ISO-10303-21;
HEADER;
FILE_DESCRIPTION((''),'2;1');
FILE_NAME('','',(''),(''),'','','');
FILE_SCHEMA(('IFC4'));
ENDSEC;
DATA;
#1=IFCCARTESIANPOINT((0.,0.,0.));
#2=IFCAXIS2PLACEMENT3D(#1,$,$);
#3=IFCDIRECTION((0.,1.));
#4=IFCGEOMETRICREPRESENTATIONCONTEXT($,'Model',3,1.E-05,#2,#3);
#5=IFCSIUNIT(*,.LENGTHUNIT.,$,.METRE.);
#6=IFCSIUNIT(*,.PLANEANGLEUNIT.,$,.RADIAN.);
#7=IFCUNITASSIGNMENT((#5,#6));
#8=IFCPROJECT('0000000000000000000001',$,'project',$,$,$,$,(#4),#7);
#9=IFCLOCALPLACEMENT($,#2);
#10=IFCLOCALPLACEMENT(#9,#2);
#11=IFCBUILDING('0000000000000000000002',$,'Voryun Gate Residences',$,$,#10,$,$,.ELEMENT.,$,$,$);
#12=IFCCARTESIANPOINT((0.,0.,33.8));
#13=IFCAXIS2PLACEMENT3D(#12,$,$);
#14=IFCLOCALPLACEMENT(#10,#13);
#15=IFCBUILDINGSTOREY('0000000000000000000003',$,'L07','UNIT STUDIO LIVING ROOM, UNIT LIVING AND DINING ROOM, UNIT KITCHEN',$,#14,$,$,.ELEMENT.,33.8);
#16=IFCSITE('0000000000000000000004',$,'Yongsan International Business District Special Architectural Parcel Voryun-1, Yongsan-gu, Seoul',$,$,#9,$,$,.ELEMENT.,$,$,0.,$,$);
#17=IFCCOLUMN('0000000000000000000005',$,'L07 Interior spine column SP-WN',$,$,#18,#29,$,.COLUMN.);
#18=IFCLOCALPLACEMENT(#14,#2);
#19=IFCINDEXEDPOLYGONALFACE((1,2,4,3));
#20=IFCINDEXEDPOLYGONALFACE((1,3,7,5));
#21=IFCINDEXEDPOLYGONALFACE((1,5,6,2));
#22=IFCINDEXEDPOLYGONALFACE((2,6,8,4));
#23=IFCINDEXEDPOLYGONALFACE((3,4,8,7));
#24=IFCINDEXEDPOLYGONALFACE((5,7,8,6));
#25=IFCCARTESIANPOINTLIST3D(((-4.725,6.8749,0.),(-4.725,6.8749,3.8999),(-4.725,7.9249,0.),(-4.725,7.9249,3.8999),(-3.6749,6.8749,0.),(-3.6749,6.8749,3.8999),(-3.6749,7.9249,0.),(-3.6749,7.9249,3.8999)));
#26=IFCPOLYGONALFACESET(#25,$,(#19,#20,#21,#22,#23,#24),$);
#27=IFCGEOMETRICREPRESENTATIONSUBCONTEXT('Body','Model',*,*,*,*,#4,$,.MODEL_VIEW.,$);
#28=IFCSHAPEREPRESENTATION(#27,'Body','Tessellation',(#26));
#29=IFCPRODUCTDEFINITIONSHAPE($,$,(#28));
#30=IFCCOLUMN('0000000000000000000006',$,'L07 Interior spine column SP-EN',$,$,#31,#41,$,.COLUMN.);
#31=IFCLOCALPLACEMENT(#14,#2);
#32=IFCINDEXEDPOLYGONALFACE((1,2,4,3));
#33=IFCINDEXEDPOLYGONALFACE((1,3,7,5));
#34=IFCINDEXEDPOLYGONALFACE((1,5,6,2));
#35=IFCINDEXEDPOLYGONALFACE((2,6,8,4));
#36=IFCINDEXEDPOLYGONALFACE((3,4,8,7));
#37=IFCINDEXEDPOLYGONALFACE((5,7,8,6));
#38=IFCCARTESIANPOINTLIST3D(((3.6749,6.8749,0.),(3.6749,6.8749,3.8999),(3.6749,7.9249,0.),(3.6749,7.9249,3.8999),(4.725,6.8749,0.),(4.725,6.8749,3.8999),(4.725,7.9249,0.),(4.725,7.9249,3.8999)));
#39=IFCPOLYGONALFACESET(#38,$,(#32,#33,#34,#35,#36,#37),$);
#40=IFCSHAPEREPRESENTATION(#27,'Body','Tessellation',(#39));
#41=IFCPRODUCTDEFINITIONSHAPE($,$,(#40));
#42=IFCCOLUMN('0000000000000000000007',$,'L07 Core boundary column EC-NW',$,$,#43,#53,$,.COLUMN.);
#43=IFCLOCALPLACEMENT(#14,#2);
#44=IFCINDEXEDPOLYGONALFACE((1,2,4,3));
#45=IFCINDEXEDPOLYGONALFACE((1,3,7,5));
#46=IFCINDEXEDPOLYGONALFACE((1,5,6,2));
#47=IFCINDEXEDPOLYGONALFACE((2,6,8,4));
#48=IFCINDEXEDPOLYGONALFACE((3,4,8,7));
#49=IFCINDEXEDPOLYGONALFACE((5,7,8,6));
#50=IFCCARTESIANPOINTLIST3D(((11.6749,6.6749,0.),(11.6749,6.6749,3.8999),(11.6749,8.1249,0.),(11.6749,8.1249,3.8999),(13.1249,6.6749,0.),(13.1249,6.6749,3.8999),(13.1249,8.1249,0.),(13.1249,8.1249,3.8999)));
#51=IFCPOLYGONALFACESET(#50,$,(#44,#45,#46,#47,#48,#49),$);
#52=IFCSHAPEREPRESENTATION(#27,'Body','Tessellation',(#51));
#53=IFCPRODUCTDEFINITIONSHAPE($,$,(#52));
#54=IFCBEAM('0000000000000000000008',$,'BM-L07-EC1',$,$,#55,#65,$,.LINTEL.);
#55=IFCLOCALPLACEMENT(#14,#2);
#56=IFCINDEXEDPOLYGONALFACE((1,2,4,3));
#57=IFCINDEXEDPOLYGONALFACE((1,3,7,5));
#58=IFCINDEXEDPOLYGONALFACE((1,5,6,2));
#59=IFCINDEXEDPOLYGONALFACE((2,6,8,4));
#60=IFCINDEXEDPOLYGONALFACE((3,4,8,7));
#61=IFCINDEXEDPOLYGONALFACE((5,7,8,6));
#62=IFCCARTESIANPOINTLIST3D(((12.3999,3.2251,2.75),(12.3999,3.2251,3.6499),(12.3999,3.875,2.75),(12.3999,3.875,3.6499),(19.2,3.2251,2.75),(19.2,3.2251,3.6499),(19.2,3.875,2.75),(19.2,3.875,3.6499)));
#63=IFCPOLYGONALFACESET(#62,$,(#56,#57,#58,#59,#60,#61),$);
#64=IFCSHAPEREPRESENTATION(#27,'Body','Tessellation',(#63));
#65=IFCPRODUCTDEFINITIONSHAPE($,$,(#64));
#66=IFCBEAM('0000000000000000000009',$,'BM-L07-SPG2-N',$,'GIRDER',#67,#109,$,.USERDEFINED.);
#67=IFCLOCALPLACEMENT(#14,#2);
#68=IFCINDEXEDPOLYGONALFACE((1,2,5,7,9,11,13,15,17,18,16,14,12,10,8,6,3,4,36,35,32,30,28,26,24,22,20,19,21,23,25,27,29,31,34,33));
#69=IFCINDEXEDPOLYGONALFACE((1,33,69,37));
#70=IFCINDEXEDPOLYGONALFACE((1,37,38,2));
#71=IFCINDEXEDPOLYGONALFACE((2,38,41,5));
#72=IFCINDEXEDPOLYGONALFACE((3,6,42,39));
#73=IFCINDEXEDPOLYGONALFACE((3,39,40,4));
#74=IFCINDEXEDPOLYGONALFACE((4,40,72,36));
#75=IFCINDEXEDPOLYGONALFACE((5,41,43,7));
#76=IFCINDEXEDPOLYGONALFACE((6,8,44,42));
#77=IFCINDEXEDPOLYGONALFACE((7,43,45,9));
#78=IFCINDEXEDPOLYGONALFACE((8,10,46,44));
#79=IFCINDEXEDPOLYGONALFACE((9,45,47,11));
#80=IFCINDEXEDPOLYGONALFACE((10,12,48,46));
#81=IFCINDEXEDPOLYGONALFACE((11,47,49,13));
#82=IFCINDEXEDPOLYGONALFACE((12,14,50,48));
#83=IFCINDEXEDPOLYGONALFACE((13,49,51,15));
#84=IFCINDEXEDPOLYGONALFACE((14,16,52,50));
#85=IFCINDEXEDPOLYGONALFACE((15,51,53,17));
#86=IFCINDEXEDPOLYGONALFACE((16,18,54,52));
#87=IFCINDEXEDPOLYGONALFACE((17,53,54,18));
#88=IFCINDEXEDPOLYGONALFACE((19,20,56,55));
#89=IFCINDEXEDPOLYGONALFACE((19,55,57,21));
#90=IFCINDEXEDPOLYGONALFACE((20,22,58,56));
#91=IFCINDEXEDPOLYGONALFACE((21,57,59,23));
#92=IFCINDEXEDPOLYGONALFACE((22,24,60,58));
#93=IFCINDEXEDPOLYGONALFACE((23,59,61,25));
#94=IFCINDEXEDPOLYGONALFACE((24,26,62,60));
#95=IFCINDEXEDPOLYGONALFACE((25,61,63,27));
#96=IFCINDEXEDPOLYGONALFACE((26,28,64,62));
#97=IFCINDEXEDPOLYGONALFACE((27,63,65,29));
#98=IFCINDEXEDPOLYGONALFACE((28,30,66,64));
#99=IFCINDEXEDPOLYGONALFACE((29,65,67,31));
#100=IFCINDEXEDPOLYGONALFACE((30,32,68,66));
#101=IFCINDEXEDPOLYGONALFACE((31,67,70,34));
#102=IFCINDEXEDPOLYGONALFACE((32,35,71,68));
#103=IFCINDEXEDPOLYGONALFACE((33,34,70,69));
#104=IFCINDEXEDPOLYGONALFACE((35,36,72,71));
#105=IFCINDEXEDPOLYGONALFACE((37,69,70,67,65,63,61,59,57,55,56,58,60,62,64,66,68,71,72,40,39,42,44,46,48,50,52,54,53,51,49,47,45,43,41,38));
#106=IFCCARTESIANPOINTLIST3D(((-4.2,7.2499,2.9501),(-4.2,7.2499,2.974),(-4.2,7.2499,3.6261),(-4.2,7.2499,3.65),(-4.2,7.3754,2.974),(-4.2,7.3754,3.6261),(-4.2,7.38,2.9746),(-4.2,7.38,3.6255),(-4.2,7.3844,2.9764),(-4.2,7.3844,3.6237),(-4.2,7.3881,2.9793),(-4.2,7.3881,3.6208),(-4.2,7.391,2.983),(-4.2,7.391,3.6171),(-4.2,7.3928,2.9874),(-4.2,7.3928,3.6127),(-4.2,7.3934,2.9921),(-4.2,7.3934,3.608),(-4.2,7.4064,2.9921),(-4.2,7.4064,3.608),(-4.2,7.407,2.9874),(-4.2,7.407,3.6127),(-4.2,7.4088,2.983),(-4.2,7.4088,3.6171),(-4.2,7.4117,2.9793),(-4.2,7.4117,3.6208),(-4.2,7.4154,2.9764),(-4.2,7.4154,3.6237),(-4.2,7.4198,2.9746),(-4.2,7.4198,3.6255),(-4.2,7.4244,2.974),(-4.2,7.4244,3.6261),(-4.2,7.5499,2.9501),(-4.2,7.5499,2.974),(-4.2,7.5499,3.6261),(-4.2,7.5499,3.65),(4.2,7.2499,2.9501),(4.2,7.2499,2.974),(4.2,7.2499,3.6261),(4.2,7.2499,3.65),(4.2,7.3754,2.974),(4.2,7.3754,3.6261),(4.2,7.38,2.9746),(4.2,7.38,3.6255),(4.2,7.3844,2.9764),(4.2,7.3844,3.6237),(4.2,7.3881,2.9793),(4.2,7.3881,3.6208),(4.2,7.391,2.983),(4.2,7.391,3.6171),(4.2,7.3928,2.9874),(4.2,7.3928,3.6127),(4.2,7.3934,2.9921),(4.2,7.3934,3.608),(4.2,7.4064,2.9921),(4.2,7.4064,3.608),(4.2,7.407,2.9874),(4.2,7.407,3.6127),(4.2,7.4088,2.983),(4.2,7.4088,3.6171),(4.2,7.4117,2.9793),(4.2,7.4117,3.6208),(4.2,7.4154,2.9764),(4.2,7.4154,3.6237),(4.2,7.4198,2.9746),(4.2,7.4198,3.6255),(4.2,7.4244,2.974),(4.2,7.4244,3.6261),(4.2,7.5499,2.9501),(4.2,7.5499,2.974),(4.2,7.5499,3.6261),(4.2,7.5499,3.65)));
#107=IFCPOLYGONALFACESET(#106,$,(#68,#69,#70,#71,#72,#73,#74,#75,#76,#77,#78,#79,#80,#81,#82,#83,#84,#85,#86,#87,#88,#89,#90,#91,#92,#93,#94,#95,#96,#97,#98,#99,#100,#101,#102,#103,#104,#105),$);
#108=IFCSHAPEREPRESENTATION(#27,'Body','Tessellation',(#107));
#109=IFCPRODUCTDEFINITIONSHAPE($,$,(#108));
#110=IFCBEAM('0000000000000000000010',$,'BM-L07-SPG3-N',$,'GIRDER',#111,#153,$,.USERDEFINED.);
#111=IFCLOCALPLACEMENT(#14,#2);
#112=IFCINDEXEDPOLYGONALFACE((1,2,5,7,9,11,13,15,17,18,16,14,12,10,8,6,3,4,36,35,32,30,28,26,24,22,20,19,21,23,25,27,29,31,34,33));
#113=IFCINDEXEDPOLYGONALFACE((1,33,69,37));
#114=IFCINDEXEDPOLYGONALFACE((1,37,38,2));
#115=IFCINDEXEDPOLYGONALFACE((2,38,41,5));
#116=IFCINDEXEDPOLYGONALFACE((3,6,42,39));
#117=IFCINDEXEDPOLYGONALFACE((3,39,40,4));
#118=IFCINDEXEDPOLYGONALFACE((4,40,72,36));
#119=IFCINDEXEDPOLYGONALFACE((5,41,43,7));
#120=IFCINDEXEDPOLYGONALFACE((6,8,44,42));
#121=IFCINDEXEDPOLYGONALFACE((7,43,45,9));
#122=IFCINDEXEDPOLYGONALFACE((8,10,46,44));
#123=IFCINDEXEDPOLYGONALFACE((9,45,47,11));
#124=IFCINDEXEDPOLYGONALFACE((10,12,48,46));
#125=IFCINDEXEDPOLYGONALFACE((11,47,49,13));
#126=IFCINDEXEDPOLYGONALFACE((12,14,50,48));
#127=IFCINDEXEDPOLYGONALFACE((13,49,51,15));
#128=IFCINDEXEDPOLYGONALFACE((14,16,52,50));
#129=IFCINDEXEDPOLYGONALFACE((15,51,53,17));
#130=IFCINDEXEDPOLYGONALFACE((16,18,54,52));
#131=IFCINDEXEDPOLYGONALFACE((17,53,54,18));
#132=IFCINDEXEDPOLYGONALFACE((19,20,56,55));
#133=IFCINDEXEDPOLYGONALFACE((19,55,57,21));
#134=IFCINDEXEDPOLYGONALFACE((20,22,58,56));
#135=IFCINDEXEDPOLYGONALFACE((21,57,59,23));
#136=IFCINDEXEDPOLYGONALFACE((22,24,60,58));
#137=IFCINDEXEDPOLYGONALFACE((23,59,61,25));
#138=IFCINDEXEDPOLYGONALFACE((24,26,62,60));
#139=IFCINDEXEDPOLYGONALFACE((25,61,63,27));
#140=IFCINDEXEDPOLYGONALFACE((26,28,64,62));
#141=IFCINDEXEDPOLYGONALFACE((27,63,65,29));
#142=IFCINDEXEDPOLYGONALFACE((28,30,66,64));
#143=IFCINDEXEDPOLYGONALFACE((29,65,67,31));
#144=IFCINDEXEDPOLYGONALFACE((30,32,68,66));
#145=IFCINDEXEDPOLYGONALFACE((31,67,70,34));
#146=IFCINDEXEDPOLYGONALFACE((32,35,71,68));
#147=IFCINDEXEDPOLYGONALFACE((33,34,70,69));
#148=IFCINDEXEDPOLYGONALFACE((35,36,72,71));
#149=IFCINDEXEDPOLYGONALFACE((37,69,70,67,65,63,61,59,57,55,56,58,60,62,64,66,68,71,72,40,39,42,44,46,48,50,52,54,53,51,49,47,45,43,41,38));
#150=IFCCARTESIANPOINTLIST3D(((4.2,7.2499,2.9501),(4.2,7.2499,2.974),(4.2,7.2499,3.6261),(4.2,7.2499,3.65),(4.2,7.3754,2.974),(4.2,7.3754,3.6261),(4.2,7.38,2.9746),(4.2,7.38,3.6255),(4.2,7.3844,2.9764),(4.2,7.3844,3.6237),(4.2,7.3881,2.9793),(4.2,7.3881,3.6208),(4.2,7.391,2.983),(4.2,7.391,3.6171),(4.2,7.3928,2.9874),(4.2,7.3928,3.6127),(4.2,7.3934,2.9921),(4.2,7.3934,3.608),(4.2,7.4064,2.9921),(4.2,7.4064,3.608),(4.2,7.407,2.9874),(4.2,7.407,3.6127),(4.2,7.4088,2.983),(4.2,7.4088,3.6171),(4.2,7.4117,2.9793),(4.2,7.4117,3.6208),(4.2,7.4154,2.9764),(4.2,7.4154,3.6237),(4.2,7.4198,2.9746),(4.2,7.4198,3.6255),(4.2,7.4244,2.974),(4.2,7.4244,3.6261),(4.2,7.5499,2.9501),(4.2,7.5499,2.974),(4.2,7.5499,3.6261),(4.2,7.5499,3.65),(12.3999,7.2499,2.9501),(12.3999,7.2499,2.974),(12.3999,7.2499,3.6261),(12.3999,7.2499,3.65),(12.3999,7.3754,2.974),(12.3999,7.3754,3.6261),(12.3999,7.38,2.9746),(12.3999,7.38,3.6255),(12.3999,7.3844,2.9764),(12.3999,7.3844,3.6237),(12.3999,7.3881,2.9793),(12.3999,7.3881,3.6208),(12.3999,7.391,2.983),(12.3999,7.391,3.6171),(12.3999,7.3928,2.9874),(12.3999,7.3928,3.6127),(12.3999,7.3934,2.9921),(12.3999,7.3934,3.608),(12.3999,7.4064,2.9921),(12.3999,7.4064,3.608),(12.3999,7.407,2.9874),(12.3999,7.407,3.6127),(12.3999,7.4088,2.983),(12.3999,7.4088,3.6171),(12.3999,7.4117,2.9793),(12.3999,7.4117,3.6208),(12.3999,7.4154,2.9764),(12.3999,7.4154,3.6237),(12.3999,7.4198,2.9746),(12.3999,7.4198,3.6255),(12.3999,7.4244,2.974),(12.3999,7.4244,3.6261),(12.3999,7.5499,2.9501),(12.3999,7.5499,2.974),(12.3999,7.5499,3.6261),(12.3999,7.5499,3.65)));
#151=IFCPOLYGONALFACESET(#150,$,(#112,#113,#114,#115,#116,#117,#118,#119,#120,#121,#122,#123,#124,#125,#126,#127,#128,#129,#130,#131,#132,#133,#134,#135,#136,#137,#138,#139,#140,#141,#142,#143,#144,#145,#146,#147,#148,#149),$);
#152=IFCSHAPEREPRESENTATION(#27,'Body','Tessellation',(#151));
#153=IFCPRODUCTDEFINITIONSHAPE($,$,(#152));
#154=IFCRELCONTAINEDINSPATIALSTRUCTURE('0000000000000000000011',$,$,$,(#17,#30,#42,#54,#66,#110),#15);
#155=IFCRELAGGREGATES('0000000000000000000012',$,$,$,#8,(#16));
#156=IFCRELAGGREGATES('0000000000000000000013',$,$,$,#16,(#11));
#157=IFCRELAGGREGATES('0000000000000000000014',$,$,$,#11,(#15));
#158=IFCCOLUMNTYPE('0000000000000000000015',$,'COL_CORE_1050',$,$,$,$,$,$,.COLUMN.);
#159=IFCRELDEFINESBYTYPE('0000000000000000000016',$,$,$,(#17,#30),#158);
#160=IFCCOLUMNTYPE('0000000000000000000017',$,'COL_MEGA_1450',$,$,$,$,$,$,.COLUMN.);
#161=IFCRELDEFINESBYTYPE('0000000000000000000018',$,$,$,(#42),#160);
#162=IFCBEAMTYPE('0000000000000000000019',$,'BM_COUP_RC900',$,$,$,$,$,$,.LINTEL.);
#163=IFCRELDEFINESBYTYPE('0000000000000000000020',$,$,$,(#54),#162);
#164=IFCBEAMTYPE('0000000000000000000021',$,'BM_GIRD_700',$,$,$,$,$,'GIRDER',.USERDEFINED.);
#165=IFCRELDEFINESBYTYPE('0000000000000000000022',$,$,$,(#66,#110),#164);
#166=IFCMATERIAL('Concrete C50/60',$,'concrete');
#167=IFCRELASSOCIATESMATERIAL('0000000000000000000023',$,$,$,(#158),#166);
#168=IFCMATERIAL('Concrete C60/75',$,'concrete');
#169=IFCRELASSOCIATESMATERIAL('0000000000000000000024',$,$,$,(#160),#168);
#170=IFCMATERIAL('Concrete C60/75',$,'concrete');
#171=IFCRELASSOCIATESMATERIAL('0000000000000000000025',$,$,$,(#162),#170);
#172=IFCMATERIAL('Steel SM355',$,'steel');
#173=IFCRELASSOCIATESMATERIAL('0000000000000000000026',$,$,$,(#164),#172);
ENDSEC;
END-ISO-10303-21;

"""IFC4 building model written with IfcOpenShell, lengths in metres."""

from ifc_helpers import new_model, si_unit, direction, frame, origin, origin_2d, place, context, subcontext, project, spatial, rectangle, i_section, extrude, material, material_profile, profile_set, type_object, element, save


model = new_model("IFC4")

# Units and contexts
model_context = context("Model", 3, precision=1e-05, world=origin(), true_north=direction((0.0, 1.0)))
body_context = subcontext(model_context, "Body", "Model", "MODEL_VIEW")
ifc_project = project(units=[si_unit("LENGTHUNIT", "METRE"), si_unit("PLANEANGLEUNIT", "RADIAN")], contexts=[model_context])

# Site, building, storey
site_placement = place(None, origin())
site = spatial("IfcSite", under=ifc_project, at=site_placement, Name="Yongsan International Business District Special Architectural Parcel Voryun-1, Yongsan-gu, Seoul", CompositionType="ELEMENT", RefElevation=0.0)
building_placement = place(site_placement, origin())
building = spatial("IfcBuilding", under=site, at=building_placement, Name="Voryun Gate Residences", CompositionType="ELEMENT")
storey_placement = place(building_placement, frame((0.0, 0.0, 33.8)))
storey = spatial("IfcBuildingStorey", under=building, at=storey_placement, Name="L07", Description="UNIT STUDIO LIVING ROOM, UNIT LIVING AND DINING ROOM, UNIT KITCHEN", CompositionType="ELEMENT", Elevation=33.8)

# Columns
ifc_material_1 = material(Name="Concrete C50/60", Category="concrete")
ifc_material_profile_1 = material_profile(ifc_material_1, rectangle(XDim=1.05, YDim=1.05, at=origin_2d()), Name="RC-1050x1050")
ifc_profile_set_1 = profile_set([ifc_material_profile_1], Name="Concrete C50/60")
column_type_1 = type_object("IfcColumnType", Name="COL_CORE_1050", PredefinedType="COLUMN", material=ifc_profile_set_1)
for number, where, z_axis, x_axis, name in (
    (1, (-4.2, 7.3999, 0.0), (0.0, 0.0, 1.0), (1.0, 0.0, 0.0), "L07 Interior spine column SP-WN"),
    (2, (4.2, 7.3999, 0.0), (0.0, 0.0, 1.0), (1.0, 0.0, 0.0), "L07 Interior spine column SP-EN"),
):
    element("IfcColumn", number, at=place(storey_placement, frame(where, z_axis=z_axis, x_axis=x_axis)), inside=storey, type_object=column_type_1, Name=name, PredefinedType="COLUMN", context=body_context, shape_type="SweptSolid", body=[
        extrude(rectangle(XDim=1.05, YDim=1.05, at=origin_2d()), origin(), (0.0, 0.0, 1.0), 3.8999),
    ])
ifc_material_2 = material(Name="Concrete C60/75", Category="concrete")
ifc_material_profile_2 = material_profile(ifc_material_2, rectangle(XDim=1.45, YDim=1.45, at=origin_2d()), Name="RC-1450x1450")
ifc_profile_set_2 = profile_set([ifc_material_profile_2], Name="Concrete C60/75")
column_type_2 = type_object("IfcColumnType", Name="COL_MEGA_1450", PredefinedType="COLUMN", material=ifc_profile_set_2)
column_placement = place(storey_placement, frame((12.3999, 7.3999, 0.0), z_axis=(0.0, 0.0, 1.0), x_axis=(1.0, 0.0, 0.0)))
element("IfcColumn", 3, at=column_placement, inside=storey, type_object=column_type_2, Name="L07 Core boundary column EC-NW", PredefinedType="COLUMN", context=body_context, shape_type="SweptSolid", body=[
    extrude(rectangle(XDim=1.45, YDim=1.45, at=origin_2d()), origin(), (0.0, 0.0, 1.0), 3.8999),
])

# Beams
ifc_material_3 = material(Name="Concrete C60/75", Category="concrete")
ifc_material_profile_3 = material_profile(ifc_material_3, rectangle(XDim=0.6499, YDim=0.8999, at=origin_2d()), Name="RC-650x900")
ifc_profile_set_3 = profile_set([ifc_material_profile_3], Name="Concrete C60/75")
beam_type_1 = type_object("IfcBeamType", Name="BM_COUP_RC900", PredefinedType="LINTEL", material=ifc_profile_set_3)
beam_1_placement = place(storey_placement, frame((12.3999, 3.55, 3.2), z_axis=(1.0, 0.0, 0.0), x_axis=(0.0, 1.0, 0.0)))
element("IfcBeam", 4, at=beam_1_placement, inside=storey, type_object=beam_type_1, Name="BM-L07-EC1", PredefinedType="LINTEL", context=body_context, shape_type="SweptSolid", body=[
    extrude(rectangle(XDim=0.6499, YDim=0.8999, at=origin_2d()), origin(), (0.0, 0.0, 1.0), 6.8),
])
ifc_material_4 = material(Name="Steel SM355", Category="steel")
ifc_material_profile_4 = material_profile(ifc_material_4, i_section(OverallWidth=0.3, OverallDepth=0.7, WebThickness=0.0129, FlangeThickness=0.0239, FilletRadius=0.0181, at=origin_2d()), Name="H-700x300x13x24")
ifc_profile_set_4 = profile_set([ifc_material_profile_4], Name="Steel SM355")
beam_type_2 = type_object("IfcBeamType", Name="BM_GIRD_700", ElementType="GIRDER", PredefinedType="USERDEFINED", material=ifc_profile_set_4)
beam_2_placement = place(storey_placement, frame((-4.2, 7.3999, 3.3), z_axis=(1.0, 0.0, 0.0), x_axis=(0.0, 1.0, 0.0)))
element("IfcBeam", 5, at=beam_2_placement, inside=storey, type_object=beam_type_2, Name="BM-L07-SPG2-N", ObjectType="GIRDER", PredefinedType="USERDEFINED", context=body_context, shape_type="SweptSolid", body=[
    extrude(i_section(OverallWidth=0.3, OverallDepth=0.7, WebThickness=0.0129, FlangeThickness=0.0239, FilletRadius=0.0181, at=origin_2d()), origin(), (0.0, 0.0, 1.0), 8.3999),
])
beam_3_placement = place(storey_placement, frame((4.2, 7.3999, 3.3), z_axis=(1.0, 0.0, 0.0), x_axis=(0.0, 1.0, 0.0)))
element("IfcBeam", 6, at=beam_3_placement, inside=storey, type_object=beam_type_2, Name="BM-L07-SPG3-N", ObjectType="GIRDER", PredefinedType="USERDEFINED", context=body_context, shape_type="SweptSolid", body=[
    extrude(i_section(OverallWidth=0.3, OverallDepth=0.7, WebThickness=0.0129, FlangeThickness=0.0239, FilletRadius=0.0181, at=origin_2d()), origin(), (0.0, 0.0, 1.0), 8.2),
])

save(model, "model.ifc")
